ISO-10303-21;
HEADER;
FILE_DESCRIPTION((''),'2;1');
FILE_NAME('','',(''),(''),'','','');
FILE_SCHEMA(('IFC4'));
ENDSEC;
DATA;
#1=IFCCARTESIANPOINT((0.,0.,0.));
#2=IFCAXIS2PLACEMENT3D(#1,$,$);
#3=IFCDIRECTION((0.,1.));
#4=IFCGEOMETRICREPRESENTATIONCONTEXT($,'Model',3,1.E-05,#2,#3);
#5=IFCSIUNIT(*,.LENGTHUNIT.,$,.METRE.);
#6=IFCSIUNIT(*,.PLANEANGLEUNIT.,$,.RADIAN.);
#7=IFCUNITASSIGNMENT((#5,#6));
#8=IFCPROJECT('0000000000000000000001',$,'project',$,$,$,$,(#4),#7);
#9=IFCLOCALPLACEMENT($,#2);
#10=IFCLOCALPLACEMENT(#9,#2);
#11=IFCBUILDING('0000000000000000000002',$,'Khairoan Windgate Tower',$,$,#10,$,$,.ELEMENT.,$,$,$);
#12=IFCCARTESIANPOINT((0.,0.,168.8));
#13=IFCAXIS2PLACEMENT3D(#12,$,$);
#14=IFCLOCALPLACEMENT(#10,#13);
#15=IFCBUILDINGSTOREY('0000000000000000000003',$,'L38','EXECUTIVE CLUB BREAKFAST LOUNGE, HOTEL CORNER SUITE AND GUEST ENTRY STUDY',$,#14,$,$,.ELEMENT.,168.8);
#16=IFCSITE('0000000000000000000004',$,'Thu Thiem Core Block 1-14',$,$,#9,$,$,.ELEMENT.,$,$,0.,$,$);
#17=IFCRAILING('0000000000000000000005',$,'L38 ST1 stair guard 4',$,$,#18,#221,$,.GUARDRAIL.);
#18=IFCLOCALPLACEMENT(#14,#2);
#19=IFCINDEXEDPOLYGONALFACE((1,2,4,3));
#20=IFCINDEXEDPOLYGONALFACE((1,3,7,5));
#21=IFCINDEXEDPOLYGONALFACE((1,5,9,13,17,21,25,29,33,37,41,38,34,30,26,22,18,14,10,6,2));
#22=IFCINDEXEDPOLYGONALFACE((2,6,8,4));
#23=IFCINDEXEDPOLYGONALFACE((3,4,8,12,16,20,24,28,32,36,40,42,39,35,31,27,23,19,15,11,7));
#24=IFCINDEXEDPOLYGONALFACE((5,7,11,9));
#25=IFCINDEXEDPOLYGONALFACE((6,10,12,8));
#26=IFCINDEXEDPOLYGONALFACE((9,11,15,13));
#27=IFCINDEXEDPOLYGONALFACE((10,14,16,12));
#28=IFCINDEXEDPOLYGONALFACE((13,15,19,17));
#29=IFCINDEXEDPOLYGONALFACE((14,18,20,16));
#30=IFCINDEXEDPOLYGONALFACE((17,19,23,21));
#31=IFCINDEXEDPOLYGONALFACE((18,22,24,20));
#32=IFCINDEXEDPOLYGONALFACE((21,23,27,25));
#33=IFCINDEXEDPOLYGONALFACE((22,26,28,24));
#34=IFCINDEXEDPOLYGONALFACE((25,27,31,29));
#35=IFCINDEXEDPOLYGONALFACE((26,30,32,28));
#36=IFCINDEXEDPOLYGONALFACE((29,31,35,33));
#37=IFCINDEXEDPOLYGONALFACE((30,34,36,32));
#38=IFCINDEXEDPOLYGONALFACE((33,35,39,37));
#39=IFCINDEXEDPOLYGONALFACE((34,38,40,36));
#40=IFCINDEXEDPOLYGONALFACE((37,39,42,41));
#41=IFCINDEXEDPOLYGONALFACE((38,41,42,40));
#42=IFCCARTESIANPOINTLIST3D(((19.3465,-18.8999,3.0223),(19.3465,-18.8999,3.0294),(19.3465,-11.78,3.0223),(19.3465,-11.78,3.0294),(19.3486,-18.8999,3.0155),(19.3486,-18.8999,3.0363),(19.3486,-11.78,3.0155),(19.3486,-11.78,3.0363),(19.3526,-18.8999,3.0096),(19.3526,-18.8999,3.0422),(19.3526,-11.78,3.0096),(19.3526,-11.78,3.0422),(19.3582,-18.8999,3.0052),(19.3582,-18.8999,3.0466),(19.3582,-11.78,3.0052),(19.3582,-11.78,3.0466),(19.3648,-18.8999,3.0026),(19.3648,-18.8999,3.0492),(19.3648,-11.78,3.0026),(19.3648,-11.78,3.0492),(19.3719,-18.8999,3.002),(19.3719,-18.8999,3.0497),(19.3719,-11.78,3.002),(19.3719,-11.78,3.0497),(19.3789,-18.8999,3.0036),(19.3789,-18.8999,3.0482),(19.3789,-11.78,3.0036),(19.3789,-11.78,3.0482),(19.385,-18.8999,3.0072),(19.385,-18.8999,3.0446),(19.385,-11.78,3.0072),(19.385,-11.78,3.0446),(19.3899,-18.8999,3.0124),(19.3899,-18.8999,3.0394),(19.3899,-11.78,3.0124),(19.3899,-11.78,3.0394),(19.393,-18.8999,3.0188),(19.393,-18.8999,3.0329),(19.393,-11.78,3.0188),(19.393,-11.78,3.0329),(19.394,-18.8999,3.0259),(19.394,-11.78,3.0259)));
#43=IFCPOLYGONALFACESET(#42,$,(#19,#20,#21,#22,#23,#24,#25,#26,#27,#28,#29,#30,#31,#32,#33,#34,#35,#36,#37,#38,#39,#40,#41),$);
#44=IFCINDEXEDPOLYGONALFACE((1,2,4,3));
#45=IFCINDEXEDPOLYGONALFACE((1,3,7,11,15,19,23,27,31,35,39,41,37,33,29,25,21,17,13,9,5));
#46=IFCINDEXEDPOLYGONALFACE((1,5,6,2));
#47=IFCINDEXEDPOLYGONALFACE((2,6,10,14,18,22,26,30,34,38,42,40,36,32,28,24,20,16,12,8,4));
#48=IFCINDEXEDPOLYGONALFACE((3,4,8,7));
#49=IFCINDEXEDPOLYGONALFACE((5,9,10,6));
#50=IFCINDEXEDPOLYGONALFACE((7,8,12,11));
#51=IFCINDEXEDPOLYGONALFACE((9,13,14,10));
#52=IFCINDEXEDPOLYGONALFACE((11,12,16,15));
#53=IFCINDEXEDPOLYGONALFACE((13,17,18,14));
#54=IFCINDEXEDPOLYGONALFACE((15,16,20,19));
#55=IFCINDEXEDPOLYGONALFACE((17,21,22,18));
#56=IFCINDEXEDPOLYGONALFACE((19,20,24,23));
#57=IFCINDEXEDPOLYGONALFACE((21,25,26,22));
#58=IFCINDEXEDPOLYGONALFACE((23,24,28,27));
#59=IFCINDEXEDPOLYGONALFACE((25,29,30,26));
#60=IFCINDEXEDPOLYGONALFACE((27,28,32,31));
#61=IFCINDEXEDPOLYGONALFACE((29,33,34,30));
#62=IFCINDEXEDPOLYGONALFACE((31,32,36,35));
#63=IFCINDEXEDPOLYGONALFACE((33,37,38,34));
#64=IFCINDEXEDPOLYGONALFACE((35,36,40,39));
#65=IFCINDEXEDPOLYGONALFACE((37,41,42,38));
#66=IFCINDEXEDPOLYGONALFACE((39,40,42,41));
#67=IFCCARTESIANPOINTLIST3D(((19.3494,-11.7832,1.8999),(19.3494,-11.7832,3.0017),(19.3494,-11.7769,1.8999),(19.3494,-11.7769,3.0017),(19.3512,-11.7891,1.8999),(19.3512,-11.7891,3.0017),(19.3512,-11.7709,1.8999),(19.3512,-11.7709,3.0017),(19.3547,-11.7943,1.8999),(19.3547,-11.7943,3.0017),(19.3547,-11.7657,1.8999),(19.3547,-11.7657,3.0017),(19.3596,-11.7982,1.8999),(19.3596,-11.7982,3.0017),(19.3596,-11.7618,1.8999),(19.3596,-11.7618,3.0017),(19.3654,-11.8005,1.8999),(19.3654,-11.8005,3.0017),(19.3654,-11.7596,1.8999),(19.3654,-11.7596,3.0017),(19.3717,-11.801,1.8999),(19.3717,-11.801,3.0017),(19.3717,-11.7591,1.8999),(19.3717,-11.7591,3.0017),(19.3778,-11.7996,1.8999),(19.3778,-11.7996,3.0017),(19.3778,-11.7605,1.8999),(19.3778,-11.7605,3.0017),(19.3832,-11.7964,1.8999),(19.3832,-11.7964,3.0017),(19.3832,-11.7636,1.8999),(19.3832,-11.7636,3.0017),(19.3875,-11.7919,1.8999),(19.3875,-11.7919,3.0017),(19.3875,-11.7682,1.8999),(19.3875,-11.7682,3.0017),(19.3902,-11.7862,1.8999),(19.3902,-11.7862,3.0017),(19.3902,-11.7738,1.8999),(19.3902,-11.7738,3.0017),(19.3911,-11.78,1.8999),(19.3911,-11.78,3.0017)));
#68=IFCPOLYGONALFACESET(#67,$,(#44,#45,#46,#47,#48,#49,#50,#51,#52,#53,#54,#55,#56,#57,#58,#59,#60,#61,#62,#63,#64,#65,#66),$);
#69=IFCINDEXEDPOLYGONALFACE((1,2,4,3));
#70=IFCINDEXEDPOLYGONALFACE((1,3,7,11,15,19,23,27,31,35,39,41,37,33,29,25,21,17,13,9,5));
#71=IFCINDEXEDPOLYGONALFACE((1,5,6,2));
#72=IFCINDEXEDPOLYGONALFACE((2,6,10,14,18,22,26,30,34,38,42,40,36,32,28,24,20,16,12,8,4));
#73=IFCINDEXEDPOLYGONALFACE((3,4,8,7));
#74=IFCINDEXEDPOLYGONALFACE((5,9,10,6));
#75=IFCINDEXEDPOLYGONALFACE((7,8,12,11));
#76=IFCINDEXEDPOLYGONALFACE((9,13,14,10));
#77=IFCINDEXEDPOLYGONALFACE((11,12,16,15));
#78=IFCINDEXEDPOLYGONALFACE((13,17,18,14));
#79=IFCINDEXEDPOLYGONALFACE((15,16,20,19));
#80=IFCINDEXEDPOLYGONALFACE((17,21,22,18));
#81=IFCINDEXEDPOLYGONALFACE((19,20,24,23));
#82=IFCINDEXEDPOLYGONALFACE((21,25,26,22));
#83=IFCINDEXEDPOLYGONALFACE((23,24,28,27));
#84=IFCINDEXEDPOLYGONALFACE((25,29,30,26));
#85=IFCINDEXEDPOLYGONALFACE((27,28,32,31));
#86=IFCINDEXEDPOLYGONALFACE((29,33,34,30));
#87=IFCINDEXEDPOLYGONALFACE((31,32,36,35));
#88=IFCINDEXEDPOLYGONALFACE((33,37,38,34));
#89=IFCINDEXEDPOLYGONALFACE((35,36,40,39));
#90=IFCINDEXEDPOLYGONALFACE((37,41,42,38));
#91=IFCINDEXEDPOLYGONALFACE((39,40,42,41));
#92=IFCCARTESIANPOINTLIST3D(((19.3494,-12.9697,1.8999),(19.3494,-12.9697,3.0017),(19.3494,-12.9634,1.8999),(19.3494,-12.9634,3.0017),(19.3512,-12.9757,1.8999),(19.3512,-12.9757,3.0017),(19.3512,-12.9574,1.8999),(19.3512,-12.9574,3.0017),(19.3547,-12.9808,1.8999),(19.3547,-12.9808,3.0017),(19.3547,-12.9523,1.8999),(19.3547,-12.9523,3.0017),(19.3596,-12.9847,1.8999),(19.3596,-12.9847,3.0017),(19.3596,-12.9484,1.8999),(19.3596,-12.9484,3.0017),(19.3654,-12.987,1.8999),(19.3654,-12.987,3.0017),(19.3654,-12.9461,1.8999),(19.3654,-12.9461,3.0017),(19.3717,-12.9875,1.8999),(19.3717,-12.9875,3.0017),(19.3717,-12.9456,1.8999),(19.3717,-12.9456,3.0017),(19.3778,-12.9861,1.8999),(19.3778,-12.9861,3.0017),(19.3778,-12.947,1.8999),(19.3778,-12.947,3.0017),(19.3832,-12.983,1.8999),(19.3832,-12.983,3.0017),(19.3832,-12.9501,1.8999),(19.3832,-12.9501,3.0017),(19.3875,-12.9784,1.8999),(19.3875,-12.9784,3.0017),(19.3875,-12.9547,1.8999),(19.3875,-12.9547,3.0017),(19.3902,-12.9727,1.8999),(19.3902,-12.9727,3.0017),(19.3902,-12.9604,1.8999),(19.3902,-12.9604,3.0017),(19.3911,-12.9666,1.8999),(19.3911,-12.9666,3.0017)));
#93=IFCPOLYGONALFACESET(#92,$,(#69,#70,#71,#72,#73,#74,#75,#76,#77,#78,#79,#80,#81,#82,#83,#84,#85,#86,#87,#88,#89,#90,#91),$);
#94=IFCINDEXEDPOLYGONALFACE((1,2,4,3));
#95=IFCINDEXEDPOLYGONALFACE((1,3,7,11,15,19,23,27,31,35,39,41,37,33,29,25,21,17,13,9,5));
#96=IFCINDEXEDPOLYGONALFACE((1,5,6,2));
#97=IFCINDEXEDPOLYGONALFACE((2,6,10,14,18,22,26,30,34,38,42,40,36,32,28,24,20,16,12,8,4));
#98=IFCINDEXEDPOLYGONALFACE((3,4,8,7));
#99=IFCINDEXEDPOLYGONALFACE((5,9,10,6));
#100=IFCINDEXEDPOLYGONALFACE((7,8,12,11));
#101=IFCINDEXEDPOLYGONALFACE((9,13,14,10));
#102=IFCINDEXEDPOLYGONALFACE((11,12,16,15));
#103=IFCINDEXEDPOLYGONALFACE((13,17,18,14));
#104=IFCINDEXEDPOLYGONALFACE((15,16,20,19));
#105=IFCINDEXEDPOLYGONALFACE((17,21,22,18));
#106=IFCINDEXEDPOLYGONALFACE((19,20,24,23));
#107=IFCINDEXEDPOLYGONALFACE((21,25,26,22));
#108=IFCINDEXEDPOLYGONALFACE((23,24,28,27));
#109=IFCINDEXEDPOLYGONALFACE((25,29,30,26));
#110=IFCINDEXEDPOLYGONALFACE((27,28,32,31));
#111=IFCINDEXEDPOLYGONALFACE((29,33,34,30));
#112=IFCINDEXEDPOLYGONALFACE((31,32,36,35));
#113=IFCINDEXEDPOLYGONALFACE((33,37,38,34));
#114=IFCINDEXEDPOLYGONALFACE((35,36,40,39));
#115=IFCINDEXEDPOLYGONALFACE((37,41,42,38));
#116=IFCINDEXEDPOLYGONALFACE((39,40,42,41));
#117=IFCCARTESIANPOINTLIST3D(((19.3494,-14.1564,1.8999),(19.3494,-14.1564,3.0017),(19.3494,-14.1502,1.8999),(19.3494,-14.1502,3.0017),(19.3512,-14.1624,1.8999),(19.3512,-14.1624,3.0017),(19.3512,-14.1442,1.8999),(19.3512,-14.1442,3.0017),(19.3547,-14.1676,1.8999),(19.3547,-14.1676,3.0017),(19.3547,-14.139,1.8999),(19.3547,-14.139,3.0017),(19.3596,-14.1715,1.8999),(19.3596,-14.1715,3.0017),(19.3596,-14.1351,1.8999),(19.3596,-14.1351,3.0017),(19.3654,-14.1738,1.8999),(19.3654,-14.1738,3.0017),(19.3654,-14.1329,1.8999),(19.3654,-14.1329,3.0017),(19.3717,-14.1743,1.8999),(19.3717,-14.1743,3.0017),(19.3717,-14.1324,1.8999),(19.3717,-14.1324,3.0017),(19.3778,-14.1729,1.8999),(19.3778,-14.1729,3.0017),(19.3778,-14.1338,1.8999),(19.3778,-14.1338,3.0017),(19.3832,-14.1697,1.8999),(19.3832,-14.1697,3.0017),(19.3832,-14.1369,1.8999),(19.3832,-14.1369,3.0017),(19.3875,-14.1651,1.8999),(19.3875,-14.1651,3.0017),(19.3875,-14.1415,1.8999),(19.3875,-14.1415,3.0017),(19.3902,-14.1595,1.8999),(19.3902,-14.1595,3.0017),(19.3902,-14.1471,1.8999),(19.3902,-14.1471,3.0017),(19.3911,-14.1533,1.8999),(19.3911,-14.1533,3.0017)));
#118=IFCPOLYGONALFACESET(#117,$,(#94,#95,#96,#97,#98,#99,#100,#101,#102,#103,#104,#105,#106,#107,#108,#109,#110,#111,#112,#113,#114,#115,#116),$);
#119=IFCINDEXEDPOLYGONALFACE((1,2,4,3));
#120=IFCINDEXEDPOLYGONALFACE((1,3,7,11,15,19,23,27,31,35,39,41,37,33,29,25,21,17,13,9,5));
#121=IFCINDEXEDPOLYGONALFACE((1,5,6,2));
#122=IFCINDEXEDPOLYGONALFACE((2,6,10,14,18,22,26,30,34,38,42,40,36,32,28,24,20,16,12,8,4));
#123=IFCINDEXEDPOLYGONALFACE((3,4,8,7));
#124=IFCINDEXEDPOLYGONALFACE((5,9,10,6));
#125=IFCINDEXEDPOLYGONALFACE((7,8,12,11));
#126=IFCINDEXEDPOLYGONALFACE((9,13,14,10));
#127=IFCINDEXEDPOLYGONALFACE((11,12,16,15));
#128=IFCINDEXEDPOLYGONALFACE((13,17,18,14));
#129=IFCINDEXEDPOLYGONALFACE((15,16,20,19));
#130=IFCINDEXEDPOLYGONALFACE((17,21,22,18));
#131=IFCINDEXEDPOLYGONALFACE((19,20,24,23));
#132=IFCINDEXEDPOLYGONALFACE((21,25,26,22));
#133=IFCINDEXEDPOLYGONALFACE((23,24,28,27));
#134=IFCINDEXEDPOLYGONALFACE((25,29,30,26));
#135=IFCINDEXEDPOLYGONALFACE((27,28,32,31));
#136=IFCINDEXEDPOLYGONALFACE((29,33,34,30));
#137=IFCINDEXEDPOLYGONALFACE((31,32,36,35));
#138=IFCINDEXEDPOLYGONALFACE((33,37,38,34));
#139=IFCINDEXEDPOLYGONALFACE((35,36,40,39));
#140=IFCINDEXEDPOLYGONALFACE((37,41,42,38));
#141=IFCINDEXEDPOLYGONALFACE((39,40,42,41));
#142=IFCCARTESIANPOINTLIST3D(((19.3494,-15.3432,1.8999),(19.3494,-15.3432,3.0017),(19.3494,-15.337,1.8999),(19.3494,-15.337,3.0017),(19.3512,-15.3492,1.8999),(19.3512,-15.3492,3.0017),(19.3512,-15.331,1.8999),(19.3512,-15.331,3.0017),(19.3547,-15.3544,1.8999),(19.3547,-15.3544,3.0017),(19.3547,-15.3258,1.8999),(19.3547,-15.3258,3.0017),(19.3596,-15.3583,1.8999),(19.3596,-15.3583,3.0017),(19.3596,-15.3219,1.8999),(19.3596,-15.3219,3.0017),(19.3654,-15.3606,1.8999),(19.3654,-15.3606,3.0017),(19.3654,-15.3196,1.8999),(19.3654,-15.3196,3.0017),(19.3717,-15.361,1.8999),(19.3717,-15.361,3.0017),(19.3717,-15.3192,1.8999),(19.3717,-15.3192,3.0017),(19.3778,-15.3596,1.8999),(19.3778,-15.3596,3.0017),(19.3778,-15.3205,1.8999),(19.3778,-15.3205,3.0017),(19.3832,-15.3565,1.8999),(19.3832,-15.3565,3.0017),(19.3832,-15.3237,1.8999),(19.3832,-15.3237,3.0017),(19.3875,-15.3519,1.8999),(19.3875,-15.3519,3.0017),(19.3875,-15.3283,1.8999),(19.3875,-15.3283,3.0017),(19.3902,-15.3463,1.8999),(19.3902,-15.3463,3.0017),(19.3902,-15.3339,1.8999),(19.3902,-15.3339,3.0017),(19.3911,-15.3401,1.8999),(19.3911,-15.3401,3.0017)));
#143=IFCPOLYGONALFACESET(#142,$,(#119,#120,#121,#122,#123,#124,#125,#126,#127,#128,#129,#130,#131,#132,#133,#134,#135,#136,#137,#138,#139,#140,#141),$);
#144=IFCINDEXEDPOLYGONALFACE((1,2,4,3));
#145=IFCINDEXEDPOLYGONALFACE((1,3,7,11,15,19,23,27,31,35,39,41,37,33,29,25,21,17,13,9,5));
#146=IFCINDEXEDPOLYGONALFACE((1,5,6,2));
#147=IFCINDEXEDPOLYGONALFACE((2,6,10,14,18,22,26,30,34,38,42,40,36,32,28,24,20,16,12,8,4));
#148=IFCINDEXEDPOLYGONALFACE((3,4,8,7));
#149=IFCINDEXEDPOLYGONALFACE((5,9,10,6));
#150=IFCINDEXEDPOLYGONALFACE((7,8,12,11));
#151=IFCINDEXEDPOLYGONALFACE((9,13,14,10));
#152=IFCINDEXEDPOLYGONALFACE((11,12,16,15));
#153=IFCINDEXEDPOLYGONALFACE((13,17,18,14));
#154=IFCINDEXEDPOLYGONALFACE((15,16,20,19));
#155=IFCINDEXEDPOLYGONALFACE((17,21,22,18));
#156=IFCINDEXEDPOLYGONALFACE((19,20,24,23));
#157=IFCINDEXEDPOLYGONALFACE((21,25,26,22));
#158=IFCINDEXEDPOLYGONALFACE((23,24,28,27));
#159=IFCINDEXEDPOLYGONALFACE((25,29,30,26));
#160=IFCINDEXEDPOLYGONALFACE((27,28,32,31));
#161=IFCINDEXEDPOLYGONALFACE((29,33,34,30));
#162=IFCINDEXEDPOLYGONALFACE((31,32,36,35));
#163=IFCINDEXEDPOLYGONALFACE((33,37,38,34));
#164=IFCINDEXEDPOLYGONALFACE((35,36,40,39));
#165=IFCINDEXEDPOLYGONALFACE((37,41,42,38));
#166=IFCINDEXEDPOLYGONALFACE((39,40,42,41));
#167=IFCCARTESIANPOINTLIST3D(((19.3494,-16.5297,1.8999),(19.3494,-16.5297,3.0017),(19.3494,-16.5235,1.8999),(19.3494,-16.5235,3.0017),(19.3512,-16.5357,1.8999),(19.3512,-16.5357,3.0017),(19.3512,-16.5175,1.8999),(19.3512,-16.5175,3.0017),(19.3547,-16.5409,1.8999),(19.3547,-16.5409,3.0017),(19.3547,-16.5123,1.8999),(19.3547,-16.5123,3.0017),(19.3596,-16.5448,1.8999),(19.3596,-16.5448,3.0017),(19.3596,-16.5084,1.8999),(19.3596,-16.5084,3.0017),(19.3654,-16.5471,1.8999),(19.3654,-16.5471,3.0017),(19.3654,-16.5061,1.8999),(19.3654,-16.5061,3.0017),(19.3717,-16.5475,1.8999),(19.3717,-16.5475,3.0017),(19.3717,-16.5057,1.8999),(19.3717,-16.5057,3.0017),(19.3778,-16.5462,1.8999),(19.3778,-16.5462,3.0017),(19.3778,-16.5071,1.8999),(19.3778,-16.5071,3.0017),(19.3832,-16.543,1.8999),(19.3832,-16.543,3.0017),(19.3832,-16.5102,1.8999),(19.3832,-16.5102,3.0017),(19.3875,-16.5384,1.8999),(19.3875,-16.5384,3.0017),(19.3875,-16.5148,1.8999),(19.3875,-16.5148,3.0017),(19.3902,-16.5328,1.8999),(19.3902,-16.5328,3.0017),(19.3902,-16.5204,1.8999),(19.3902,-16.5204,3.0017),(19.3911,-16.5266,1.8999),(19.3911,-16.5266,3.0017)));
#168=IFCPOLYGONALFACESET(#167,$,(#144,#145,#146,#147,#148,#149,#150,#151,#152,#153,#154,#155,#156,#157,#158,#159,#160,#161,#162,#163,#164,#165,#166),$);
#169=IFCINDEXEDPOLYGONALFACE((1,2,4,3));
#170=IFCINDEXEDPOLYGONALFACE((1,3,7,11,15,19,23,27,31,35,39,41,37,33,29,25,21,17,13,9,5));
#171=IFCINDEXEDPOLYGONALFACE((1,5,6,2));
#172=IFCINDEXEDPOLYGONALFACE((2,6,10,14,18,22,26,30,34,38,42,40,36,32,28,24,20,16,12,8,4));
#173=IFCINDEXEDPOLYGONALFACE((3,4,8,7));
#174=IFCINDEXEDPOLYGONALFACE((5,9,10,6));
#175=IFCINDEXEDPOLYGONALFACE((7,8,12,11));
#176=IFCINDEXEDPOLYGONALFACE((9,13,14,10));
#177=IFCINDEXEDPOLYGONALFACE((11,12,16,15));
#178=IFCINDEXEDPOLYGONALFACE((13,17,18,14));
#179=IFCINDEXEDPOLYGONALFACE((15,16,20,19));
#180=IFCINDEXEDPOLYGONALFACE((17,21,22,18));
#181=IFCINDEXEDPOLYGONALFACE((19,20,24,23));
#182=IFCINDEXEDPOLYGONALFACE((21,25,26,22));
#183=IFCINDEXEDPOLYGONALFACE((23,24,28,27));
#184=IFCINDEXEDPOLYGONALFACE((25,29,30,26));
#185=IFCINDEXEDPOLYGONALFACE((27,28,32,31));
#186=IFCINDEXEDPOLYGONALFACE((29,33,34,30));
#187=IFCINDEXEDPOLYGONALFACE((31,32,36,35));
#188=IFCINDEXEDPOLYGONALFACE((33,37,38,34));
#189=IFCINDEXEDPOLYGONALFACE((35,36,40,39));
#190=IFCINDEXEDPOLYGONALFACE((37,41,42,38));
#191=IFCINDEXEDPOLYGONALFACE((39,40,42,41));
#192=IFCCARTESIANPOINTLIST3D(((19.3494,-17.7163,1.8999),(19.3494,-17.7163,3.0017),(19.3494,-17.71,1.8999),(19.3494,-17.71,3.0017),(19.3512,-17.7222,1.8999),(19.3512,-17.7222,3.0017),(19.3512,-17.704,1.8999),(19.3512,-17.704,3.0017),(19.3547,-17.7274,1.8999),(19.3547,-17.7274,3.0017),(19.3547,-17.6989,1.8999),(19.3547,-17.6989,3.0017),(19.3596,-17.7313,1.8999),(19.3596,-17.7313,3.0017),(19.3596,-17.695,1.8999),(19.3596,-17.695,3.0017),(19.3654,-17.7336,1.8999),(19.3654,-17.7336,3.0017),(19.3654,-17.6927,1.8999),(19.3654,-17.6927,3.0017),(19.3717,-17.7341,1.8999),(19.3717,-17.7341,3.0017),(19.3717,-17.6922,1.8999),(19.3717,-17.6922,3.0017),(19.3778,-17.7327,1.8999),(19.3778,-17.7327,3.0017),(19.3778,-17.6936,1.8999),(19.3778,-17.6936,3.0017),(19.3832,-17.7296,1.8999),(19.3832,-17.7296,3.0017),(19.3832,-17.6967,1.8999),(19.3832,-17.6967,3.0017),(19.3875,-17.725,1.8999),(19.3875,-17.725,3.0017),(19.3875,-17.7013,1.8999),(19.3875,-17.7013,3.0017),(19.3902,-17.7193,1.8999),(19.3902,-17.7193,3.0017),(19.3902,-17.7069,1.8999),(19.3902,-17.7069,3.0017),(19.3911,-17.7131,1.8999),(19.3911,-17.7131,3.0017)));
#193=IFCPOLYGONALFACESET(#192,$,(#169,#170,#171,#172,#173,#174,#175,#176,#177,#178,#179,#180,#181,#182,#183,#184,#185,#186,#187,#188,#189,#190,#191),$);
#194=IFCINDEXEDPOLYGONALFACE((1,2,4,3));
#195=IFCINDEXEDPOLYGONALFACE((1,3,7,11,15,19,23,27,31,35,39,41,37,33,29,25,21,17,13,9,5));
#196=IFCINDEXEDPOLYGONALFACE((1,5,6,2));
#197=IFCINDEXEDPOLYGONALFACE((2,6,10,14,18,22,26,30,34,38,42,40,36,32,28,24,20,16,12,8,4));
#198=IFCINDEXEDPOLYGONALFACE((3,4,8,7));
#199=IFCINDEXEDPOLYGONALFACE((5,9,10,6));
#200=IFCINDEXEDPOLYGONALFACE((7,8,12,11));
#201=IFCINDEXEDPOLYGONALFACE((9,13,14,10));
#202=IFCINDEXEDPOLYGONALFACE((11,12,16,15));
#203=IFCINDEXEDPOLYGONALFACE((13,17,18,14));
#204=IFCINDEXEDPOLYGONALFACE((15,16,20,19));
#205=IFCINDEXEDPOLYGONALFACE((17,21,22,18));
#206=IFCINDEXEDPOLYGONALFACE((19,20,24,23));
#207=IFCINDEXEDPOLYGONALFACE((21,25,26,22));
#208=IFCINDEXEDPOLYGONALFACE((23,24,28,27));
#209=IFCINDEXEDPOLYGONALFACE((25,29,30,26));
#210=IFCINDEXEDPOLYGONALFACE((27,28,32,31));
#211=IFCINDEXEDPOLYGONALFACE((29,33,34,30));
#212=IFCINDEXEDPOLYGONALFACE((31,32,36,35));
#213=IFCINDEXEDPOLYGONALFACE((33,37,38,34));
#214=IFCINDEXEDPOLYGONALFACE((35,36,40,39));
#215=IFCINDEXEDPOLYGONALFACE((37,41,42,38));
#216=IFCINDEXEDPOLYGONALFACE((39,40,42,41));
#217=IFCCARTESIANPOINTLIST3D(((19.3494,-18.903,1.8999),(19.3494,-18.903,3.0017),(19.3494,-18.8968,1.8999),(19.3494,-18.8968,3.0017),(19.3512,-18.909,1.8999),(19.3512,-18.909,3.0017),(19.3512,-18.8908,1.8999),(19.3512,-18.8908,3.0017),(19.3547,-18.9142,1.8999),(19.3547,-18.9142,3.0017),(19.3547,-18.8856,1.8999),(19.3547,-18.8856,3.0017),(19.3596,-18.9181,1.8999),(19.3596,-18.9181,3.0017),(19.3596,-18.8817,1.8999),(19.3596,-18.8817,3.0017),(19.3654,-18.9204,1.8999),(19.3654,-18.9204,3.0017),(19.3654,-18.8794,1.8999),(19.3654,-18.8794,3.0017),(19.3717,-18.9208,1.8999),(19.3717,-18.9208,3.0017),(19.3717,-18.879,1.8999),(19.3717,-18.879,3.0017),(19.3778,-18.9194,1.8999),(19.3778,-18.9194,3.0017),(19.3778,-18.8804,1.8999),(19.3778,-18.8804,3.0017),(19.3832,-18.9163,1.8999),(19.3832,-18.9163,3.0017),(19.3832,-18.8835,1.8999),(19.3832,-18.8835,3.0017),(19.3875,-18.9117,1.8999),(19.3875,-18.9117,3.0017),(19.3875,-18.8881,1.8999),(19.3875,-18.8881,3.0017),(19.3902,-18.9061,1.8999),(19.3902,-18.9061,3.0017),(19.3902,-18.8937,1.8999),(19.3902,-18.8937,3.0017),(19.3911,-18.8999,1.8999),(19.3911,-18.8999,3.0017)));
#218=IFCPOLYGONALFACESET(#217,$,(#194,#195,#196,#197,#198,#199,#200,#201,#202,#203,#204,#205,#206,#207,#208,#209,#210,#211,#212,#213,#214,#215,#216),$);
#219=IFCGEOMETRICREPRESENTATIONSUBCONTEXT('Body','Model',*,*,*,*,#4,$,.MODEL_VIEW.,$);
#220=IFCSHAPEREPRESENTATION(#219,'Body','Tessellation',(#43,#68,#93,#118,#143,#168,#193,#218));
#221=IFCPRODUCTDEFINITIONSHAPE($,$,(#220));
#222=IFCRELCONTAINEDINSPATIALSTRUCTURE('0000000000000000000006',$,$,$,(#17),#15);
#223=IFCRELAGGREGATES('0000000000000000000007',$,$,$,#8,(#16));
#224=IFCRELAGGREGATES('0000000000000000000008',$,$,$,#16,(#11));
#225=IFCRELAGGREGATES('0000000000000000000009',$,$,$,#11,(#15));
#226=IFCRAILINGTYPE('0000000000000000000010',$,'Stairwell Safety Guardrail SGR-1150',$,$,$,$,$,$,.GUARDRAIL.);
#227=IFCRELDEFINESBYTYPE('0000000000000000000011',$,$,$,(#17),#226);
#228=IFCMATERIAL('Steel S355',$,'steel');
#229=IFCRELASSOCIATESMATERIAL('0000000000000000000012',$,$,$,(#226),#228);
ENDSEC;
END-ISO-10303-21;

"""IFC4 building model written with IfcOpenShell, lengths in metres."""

from ifc_helpers import new_model, si_unit, direction, frame, origin, origin_2d, place, context, subcontext, project, spatial, circle, extrude, material, type_object, element, save


model = new_model("IFC4")

# Units and contexts
model_context = context("Model", 3, precision=1e-05, world=origin(), true_north=direction((0.0, 1.0)))
body_context = subcontext(model_context, "Body", "Model", "MODEL_VIEW")
ifc_project = project(units=[si_unit("LENGTHUNIT", "METRE"), si_unit("PLANEANGLEUNIT", "RADIAN")], contexts=[model_context])

# Site, building, storey
site_placement = place(None, origin())
site = spatial("IfcSite", under=ifc_project, at=site_placement, Name="Thu Thiem Core Block 1-14", CompositionType="ELEMENT", RefElevation=0.0)
building_placement = place(site_placement, origin())
building = spatial("IfcBuilding", under=site, at=building_placement, Name="Khairoan Windgate Tower", CompositionType="ELEMENT")
storey_placement = place(building_placement, frame((0.0, 0.0, 168.8)))
storey = spatial("IfcBuildingStorey", under=building, at=storey_placement, Name="L38", Description="EXECUTIVE CLUB BREAKFAST LOUNGE, HOTEL CORNER SUITE AND GUEST ENTRY STUDY", CompositionType="ELEMENT", Elevation=168.8)

# Railing
ifc_material_1 = material(Name="Steel S355", Category="steel")
railing_type_1 = type_object("IfcRailingType", Name="Stairwell Safety Guardrail SGR-1150", PredefinedType="GUARDRAIL", material=ifc_material_1)
railing_1_placement = place(storey_placement, frame((19.3701, -11.78, 1.8999)))
element("IfcRailing", 1, at=railing_1_placement, inside=storey, type_object=railing_type_1, Name="L38 ST1 stair guard 4", PredefinedType="GUARDRAIL", context=body_context, shape_type="SweptSolid", body=[
    extrude(circle(Radius=0.0239, at=origin_2d()), frame((0.0, 0.0, 1.126), z_axis=(0.0, -1.0, 0.0), x_axis=(1.0, 0.0, 0.0)), (0.0, 0.0, 1.0), 7.1199),
    extrude(circle(Radius=0.021, at=origin_2d()), origin(), (0.0, 0.0, 1.0), 1.1018),
    extrude(circle(Radius=0.021, at=origin_2d()), frame((0.0, -1.1865, 0.0)), (0.0, 0.0, 1.0), 1.1018),
    extrude(circle(Radius=0.021, at=origin_2d()), frame((0.0, -2.3733, 0.0)), (0.0, 0.0, 1.0), 1.1018),
    extrude(circle(Radius=0.021, at=origin_2d()), frame((0.0, -3.5601, 0.0)), (0.0, 0.0, 1.0), 1.1018),
    extrude(circle(Radius=0.021, at=origin_2d()), frame((0.0, -4.7466, 0.0)), (0.0, 0.0, 1.0), 1.1018),
    extrude(circle(Radius=0.021, at=origin_2d()), frame((0.0, -5.9331, 0.0)), (0.0, 0.0, 1.0), 1.1018),
    extrude(circle(Radius=0.021, at=origin_2d()), frame((0.0, -7.1199, 0.0)), (0.0, 0.0, 1.0), 1.1018),
])

save(model, "model.ifc")
